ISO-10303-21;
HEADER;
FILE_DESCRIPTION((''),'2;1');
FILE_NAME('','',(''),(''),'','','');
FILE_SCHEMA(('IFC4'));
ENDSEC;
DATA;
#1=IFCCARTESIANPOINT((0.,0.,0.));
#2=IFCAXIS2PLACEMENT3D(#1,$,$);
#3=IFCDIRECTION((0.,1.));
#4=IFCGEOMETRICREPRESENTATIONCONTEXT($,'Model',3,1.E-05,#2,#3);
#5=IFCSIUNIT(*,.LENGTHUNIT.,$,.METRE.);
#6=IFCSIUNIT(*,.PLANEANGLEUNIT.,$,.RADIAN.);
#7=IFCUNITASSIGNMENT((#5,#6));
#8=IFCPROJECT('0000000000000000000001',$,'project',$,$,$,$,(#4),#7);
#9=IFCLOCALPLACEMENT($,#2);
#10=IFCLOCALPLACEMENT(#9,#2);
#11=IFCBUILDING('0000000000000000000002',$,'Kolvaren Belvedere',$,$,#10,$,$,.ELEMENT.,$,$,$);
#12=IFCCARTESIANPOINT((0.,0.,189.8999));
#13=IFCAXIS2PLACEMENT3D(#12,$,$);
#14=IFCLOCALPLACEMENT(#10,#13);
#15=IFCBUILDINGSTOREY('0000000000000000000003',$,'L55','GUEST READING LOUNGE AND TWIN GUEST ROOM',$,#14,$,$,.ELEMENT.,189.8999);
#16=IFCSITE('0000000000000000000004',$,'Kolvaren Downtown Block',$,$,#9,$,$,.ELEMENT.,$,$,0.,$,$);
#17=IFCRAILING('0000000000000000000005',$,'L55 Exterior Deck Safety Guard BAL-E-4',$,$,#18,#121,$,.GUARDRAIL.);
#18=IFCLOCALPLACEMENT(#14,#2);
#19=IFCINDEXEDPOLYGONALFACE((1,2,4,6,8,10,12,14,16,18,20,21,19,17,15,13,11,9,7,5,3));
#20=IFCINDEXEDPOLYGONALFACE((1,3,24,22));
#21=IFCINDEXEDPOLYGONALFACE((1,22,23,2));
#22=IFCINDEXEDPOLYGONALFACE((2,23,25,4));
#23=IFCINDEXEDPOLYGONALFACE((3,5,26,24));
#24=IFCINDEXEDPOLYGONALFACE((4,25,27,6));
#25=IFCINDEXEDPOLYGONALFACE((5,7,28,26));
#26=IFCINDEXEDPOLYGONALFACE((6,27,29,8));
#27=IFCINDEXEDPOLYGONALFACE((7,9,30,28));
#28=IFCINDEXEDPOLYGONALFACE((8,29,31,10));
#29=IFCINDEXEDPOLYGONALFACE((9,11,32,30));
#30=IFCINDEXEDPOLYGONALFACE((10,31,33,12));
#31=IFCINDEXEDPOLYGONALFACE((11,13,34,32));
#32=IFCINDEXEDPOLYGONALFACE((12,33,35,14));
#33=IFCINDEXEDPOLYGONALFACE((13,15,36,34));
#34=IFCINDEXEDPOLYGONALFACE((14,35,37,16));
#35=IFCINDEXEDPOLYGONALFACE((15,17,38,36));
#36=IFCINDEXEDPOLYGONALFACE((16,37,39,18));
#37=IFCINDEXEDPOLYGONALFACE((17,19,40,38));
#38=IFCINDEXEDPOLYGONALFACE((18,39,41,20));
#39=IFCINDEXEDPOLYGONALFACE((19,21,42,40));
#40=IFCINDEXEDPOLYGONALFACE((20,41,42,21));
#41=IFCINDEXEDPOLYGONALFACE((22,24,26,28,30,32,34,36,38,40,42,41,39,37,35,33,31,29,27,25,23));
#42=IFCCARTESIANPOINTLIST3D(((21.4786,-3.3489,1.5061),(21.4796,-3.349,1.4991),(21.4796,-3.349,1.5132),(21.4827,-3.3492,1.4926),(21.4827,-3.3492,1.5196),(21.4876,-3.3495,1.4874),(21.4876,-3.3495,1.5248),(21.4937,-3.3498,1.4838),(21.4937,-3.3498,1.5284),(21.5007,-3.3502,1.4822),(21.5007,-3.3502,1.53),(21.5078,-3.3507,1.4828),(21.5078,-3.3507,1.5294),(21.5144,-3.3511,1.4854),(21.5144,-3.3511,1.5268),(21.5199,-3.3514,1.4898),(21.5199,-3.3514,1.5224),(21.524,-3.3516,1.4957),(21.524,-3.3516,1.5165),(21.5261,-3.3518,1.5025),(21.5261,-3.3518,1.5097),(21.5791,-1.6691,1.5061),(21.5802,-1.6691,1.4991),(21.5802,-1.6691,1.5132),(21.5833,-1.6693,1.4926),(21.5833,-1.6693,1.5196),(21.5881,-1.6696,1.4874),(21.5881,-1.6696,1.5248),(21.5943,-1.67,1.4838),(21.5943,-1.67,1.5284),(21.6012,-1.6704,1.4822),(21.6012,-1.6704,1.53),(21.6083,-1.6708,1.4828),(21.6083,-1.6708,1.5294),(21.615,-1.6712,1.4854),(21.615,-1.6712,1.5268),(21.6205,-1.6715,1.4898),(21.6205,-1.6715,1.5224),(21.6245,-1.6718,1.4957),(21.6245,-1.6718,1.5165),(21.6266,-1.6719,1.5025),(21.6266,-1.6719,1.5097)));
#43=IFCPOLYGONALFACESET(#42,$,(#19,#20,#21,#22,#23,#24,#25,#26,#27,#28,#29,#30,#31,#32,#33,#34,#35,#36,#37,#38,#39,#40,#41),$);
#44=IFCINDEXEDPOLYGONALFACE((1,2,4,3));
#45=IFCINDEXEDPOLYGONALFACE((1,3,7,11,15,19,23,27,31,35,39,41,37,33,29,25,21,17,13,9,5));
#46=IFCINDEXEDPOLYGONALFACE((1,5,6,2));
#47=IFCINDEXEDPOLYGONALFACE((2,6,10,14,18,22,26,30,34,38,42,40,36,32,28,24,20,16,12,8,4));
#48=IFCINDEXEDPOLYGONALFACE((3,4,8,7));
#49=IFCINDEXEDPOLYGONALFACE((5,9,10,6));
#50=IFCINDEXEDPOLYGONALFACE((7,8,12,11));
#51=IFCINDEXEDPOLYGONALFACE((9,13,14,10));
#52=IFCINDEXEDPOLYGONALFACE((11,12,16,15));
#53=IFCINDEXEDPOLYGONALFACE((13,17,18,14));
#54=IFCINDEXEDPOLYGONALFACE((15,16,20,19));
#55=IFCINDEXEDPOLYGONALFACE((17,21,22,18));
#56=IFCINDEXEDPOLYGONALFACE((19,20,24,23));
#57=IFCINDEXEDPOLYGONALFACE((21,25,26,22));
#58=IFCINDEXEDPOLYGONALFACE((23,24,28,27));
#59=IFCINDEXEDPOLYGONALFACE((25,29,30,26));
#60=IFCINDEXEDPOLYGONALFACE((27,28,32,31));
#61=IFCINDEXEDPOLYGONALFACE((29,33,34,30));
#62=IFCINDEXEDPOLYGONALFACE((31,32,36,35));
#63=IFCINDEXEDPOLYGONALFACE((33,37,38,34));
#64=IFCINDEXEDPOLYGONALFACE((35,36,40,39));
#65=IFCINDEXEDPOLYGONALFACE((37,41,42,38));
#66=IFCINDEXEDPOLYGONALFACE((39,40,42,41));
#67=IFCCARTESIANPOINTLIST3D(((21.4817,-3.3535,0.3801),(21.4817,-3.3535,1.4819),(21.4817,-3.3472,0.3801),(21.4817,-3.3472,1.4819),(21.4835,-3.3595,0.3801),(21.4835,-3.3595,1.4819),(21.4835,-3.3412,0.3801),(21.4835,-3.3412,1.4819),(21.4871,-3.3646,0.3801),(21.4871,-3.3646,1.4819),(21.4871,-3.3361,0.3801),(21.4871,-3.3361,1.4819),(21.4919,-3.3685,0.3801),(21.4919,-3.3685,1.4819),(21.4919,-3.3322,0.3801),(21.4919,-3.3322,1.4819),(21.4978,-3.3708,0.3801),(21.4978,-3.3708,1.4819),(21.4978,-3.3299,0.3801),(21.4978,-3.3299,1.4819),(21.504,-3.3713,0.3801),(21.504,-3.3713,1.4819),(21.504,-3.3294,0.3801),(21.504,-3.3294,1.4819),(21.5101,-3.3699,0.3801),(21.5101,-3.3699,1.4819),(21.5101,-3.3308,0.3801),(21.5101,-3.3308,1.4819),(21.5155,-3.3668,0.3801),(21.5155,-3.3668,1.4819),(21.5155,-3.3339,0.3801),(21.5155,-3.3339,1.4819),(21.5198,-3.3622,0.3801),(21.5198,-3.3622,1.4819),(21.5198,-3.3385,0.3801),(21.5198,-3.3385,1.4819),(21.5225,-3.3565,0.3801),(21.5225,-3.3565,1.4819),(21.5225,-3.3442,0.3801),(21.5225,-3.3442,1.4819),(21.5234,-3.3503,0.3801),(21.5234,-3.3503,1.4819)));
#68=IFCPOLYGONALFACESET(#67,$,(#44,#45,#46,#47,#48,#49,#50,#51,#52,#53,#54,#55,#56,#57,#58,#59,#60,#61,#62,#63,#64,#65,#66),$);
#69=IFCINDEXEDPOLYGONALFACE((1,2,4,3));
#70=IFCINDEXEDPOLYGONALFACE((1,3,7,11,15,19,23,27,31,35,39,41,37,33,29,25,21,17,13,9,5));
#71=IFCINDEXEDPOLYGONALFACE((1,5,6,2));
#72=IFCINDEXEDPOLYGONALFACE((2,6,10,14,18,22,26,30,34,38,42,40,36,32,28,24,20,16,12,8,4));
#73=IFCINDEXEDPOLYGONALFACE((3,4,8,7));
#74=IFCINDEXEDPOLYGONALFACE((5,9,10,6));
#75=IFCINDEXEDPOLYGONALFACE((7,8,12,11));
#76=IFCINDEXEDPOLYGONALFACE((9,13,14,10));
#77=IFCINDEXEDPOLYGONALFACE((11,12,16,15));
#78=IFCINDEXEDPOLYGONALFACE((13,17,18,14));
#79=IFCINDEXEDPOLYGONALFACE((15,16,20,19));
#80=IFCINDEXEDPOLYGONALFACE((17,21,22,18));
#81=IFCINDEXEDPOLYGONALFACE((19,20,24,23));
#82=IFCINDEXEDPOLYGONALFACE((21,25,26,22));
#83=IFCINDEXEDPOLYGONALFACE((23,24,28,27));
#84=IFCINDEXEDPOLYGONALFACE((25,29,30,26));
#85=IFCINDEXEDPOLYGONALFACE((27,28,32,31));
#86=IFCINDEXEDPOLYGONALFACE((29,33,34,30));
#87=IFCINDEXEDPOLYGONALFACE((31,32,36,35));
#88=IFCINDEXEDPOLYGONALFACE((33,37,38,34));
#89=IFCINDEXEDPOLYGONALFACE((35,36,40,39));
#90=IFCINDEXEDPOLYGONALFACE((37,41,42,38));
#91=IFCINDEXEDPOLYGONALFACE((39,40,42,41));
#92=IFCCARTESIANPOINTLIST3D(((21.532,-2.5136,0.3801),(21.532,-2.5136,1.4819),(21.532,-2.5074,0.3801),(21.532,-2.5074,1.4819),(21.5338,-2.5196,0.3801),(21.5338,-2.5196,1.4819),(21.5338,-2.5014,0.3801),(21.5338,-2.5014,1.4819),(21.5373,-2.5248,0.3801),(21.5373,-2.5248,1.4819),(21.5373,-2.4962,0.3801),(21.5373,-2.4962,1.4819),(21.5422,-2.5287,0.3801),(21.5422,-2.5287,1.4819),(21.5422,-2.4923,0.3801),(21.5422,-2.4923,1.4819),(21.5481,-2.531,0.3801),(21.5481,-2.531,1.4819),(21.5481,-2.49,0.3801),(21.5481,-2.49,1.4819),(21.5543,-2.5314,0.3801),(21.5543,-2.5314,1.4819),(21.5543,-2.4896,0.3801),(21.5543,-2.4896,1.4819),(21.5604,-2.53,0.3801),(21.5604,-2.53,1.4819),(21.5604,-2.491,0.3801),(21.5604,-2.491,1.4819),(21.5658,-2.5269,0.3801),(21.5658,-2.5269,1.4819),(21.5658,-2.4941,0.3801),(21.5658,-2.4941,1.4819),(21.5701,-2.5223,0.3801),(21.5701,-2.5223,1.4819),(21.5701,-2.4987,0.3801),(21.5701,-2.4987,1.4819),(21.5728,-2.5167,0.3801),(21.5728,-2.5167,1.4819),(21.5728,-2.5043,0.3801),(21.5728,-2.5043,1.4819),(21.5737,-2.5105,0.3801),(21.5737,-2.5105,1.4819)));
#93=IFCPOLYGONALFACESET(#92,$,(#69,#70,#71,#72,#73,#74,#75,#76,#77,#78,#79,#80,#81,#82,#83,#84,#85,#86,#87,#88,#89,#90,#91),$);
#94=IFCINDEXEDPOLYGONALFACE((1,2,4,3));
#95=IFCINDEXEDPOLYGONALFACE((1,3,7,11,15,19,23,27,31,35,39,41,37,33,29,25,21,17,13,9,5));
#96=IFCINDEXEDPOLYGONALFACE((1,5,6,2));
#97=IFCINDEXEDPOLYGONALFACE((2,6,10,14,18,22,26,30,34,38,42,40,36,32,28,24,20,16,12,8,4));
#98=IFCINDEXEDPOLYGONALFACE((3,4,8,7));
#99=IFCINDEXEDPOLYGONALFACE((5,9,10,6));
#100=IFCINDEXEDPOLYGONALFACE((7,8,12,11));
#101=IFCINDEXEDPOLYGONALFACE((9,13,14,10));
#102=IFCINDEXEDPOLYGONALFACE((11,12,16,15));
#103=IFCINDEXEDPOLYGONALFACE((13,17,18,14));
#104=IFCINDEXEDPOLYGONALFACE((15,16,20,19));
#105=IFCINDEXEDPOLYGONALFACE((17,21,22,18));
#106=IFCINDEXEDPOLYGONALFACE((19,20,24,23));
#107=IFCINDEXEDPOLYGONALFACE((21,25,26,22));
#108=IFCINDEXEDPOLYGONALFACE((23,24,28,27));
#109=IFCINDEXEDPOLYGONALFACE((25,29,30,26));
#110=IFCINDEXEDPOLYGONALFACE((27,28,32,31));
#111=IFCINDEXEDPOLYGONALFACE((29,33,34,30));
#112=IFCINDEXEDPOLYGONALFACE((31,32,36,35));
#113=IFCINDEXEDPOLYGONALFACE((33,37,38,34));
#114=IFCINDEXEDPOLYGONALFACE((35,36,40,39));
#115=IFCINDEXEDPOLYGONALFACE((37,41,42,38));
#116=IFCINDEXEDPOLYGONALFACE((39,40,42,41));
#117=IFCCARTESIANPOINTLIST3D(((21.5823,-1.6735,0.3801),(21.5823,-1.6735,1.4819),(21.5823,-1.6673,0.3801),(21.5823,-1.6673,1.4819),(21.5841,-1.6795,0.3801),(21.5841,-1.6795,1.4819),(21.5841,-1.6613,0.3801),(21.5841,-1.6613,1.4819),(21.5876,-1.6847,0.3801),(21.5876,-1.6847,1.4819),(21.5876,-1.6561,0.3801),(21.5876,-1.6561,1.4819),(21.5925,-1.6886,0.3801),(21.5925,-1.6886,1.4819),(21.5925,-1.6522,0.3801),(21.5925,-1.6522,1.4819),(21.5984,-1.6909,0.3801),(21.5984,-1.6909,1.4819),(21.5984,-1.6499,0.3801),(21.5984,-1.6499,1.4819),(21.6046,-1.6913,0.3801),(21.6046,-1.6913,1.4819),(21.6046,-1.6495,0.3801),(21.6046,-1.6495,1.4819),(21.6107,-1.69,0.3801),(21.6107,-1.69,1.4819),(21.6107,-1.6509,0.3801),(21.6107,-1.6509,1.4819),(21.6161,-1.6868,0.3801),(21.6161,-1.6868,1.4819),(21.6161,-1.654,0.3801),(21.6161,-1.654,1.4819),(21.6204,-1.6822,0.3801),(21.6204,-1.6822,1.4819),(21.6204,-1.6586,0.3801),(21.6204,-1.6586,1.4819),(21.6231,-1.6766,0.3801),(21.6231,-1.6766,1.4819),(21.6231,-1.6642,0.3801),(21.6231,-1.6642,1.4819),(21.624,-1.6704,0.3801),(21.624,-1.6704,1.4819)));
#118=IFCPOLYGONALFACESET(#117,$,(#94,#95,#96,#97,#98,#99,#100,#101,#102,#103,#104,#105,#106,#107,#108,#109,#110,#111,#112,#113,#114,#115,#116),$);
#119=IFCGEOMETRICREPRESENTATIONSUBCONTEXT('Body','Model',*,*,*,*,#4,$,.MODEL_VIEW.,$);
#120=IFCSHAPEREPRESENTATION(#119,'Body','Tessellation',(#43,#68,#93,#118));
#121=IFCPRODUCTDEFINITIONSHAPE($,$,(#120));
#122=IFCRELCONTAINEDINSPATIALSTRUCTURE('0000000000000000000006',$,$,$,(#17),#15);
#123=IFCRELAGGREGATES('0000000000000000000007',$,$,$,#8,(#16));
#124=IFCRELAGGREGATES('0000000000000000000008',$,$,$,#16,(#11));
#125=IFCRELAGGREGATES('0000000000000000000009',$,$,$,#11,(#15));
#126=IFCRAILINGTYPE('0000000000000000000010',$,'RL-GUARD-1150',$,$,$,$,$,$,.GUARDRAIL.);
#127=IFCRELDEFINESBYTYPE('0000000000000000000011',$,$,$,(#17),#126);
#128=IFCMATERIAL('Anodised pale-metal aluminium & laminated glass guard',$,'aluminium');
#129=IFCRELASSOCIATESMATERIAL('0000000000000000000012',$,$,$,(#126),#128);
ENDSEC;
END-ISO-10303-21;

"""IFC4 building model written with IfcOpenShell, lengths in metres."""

from ifc_helpers import new_model, si_unit, direction, frame, origin, origin_2d, place, context, subcontext, project, spatial, circle, extrude, material, type_object, element, save


model = new_model("IFC4")

# Units and contexts
model_context = context("Model", 3, precision=1e-05, world=origin(), true_north=direction((0.0, 1.0)))
body_context = subcontext(model_context, "Body", "Model", "MODEL_VIEW")
ifc_project = project(units=[si_unit("LENGTHUNIT", "METRE"), si_unit("PLANEANGLEUNIT", "RADIAN")], contexts=[model_context])

# Site, building, storey
site_placement = place(None, origin())
site = spatial("IfcSite", under=ifc_project, at=site_placement, Name="Kolvaren Downtown Block", CompositionType="ELEMENT", RefElevation=0.0)
building_placement = place(site_placement, origin())
building = spatial("IfcBuilding", under=site, at=building_placement, Name="Kolvaren Belvedere", CompositionType="ELEMENT")
storey_placement = place(building_placement, frame((0.0, 0.0, 189.8999)))
storey = spatial("IfcBuildingStorey", under=building, at=storey_placement, Name="L55", Description="GUEST READING LOUNGE AND TWIN GUEST ROOM", CompositionType="ELEMENT", Elevation=189.8999)

# Railing
ifc_material_1 = material(Name="Anodised pale-metal aluminium & laminated glass guard", Category="aluminium")
railing_type = type_object("IfcRailingType", Name="RL-GUARD-1150", PredefinedType="GUARDRAIL", material=ifc_material_1)
railing_1_placement = place(storey_placement, frame((21.5024, -3.3503, 0.3801)))
element("IfcRailing", 1, at=railing_1_placement, inside=storey, type_object=railing_type, Name="L55 Exterior Deck Safety Guard BAL-E-4", PredefinedType="GUARDRAIL", context=body_context, shape_type="SweptSolid", body=[
    extrude(circle(Radius=0.0239, at=origin_2d()), frame((0.0, 0.0, 1.126), z_axis=(0.059768, 0.998212, 0.0), x_axis=(-0.998212, 0.059768, 0.0)), (0.0, 0.0, 1.0), 1.6829),
    extrude(circle(Radius=0.021, at=origin_2d()), origin(), (0.0, 0.0, 1.0), 1.1018),
    extrude(circle(Radius=0.021, at=origin_2d()), frame((0.0503, 0.8398, 0.0)), (0.0, 0.0, 1.0), 1.1018),
    extrude(circle(Radius=0.021, at=origin_2d()), frame((0.1006, 1.6799, 0.0)), (0.0, 0.0, 1.0), 1.1018),
])

save(model, "model.ifc")
